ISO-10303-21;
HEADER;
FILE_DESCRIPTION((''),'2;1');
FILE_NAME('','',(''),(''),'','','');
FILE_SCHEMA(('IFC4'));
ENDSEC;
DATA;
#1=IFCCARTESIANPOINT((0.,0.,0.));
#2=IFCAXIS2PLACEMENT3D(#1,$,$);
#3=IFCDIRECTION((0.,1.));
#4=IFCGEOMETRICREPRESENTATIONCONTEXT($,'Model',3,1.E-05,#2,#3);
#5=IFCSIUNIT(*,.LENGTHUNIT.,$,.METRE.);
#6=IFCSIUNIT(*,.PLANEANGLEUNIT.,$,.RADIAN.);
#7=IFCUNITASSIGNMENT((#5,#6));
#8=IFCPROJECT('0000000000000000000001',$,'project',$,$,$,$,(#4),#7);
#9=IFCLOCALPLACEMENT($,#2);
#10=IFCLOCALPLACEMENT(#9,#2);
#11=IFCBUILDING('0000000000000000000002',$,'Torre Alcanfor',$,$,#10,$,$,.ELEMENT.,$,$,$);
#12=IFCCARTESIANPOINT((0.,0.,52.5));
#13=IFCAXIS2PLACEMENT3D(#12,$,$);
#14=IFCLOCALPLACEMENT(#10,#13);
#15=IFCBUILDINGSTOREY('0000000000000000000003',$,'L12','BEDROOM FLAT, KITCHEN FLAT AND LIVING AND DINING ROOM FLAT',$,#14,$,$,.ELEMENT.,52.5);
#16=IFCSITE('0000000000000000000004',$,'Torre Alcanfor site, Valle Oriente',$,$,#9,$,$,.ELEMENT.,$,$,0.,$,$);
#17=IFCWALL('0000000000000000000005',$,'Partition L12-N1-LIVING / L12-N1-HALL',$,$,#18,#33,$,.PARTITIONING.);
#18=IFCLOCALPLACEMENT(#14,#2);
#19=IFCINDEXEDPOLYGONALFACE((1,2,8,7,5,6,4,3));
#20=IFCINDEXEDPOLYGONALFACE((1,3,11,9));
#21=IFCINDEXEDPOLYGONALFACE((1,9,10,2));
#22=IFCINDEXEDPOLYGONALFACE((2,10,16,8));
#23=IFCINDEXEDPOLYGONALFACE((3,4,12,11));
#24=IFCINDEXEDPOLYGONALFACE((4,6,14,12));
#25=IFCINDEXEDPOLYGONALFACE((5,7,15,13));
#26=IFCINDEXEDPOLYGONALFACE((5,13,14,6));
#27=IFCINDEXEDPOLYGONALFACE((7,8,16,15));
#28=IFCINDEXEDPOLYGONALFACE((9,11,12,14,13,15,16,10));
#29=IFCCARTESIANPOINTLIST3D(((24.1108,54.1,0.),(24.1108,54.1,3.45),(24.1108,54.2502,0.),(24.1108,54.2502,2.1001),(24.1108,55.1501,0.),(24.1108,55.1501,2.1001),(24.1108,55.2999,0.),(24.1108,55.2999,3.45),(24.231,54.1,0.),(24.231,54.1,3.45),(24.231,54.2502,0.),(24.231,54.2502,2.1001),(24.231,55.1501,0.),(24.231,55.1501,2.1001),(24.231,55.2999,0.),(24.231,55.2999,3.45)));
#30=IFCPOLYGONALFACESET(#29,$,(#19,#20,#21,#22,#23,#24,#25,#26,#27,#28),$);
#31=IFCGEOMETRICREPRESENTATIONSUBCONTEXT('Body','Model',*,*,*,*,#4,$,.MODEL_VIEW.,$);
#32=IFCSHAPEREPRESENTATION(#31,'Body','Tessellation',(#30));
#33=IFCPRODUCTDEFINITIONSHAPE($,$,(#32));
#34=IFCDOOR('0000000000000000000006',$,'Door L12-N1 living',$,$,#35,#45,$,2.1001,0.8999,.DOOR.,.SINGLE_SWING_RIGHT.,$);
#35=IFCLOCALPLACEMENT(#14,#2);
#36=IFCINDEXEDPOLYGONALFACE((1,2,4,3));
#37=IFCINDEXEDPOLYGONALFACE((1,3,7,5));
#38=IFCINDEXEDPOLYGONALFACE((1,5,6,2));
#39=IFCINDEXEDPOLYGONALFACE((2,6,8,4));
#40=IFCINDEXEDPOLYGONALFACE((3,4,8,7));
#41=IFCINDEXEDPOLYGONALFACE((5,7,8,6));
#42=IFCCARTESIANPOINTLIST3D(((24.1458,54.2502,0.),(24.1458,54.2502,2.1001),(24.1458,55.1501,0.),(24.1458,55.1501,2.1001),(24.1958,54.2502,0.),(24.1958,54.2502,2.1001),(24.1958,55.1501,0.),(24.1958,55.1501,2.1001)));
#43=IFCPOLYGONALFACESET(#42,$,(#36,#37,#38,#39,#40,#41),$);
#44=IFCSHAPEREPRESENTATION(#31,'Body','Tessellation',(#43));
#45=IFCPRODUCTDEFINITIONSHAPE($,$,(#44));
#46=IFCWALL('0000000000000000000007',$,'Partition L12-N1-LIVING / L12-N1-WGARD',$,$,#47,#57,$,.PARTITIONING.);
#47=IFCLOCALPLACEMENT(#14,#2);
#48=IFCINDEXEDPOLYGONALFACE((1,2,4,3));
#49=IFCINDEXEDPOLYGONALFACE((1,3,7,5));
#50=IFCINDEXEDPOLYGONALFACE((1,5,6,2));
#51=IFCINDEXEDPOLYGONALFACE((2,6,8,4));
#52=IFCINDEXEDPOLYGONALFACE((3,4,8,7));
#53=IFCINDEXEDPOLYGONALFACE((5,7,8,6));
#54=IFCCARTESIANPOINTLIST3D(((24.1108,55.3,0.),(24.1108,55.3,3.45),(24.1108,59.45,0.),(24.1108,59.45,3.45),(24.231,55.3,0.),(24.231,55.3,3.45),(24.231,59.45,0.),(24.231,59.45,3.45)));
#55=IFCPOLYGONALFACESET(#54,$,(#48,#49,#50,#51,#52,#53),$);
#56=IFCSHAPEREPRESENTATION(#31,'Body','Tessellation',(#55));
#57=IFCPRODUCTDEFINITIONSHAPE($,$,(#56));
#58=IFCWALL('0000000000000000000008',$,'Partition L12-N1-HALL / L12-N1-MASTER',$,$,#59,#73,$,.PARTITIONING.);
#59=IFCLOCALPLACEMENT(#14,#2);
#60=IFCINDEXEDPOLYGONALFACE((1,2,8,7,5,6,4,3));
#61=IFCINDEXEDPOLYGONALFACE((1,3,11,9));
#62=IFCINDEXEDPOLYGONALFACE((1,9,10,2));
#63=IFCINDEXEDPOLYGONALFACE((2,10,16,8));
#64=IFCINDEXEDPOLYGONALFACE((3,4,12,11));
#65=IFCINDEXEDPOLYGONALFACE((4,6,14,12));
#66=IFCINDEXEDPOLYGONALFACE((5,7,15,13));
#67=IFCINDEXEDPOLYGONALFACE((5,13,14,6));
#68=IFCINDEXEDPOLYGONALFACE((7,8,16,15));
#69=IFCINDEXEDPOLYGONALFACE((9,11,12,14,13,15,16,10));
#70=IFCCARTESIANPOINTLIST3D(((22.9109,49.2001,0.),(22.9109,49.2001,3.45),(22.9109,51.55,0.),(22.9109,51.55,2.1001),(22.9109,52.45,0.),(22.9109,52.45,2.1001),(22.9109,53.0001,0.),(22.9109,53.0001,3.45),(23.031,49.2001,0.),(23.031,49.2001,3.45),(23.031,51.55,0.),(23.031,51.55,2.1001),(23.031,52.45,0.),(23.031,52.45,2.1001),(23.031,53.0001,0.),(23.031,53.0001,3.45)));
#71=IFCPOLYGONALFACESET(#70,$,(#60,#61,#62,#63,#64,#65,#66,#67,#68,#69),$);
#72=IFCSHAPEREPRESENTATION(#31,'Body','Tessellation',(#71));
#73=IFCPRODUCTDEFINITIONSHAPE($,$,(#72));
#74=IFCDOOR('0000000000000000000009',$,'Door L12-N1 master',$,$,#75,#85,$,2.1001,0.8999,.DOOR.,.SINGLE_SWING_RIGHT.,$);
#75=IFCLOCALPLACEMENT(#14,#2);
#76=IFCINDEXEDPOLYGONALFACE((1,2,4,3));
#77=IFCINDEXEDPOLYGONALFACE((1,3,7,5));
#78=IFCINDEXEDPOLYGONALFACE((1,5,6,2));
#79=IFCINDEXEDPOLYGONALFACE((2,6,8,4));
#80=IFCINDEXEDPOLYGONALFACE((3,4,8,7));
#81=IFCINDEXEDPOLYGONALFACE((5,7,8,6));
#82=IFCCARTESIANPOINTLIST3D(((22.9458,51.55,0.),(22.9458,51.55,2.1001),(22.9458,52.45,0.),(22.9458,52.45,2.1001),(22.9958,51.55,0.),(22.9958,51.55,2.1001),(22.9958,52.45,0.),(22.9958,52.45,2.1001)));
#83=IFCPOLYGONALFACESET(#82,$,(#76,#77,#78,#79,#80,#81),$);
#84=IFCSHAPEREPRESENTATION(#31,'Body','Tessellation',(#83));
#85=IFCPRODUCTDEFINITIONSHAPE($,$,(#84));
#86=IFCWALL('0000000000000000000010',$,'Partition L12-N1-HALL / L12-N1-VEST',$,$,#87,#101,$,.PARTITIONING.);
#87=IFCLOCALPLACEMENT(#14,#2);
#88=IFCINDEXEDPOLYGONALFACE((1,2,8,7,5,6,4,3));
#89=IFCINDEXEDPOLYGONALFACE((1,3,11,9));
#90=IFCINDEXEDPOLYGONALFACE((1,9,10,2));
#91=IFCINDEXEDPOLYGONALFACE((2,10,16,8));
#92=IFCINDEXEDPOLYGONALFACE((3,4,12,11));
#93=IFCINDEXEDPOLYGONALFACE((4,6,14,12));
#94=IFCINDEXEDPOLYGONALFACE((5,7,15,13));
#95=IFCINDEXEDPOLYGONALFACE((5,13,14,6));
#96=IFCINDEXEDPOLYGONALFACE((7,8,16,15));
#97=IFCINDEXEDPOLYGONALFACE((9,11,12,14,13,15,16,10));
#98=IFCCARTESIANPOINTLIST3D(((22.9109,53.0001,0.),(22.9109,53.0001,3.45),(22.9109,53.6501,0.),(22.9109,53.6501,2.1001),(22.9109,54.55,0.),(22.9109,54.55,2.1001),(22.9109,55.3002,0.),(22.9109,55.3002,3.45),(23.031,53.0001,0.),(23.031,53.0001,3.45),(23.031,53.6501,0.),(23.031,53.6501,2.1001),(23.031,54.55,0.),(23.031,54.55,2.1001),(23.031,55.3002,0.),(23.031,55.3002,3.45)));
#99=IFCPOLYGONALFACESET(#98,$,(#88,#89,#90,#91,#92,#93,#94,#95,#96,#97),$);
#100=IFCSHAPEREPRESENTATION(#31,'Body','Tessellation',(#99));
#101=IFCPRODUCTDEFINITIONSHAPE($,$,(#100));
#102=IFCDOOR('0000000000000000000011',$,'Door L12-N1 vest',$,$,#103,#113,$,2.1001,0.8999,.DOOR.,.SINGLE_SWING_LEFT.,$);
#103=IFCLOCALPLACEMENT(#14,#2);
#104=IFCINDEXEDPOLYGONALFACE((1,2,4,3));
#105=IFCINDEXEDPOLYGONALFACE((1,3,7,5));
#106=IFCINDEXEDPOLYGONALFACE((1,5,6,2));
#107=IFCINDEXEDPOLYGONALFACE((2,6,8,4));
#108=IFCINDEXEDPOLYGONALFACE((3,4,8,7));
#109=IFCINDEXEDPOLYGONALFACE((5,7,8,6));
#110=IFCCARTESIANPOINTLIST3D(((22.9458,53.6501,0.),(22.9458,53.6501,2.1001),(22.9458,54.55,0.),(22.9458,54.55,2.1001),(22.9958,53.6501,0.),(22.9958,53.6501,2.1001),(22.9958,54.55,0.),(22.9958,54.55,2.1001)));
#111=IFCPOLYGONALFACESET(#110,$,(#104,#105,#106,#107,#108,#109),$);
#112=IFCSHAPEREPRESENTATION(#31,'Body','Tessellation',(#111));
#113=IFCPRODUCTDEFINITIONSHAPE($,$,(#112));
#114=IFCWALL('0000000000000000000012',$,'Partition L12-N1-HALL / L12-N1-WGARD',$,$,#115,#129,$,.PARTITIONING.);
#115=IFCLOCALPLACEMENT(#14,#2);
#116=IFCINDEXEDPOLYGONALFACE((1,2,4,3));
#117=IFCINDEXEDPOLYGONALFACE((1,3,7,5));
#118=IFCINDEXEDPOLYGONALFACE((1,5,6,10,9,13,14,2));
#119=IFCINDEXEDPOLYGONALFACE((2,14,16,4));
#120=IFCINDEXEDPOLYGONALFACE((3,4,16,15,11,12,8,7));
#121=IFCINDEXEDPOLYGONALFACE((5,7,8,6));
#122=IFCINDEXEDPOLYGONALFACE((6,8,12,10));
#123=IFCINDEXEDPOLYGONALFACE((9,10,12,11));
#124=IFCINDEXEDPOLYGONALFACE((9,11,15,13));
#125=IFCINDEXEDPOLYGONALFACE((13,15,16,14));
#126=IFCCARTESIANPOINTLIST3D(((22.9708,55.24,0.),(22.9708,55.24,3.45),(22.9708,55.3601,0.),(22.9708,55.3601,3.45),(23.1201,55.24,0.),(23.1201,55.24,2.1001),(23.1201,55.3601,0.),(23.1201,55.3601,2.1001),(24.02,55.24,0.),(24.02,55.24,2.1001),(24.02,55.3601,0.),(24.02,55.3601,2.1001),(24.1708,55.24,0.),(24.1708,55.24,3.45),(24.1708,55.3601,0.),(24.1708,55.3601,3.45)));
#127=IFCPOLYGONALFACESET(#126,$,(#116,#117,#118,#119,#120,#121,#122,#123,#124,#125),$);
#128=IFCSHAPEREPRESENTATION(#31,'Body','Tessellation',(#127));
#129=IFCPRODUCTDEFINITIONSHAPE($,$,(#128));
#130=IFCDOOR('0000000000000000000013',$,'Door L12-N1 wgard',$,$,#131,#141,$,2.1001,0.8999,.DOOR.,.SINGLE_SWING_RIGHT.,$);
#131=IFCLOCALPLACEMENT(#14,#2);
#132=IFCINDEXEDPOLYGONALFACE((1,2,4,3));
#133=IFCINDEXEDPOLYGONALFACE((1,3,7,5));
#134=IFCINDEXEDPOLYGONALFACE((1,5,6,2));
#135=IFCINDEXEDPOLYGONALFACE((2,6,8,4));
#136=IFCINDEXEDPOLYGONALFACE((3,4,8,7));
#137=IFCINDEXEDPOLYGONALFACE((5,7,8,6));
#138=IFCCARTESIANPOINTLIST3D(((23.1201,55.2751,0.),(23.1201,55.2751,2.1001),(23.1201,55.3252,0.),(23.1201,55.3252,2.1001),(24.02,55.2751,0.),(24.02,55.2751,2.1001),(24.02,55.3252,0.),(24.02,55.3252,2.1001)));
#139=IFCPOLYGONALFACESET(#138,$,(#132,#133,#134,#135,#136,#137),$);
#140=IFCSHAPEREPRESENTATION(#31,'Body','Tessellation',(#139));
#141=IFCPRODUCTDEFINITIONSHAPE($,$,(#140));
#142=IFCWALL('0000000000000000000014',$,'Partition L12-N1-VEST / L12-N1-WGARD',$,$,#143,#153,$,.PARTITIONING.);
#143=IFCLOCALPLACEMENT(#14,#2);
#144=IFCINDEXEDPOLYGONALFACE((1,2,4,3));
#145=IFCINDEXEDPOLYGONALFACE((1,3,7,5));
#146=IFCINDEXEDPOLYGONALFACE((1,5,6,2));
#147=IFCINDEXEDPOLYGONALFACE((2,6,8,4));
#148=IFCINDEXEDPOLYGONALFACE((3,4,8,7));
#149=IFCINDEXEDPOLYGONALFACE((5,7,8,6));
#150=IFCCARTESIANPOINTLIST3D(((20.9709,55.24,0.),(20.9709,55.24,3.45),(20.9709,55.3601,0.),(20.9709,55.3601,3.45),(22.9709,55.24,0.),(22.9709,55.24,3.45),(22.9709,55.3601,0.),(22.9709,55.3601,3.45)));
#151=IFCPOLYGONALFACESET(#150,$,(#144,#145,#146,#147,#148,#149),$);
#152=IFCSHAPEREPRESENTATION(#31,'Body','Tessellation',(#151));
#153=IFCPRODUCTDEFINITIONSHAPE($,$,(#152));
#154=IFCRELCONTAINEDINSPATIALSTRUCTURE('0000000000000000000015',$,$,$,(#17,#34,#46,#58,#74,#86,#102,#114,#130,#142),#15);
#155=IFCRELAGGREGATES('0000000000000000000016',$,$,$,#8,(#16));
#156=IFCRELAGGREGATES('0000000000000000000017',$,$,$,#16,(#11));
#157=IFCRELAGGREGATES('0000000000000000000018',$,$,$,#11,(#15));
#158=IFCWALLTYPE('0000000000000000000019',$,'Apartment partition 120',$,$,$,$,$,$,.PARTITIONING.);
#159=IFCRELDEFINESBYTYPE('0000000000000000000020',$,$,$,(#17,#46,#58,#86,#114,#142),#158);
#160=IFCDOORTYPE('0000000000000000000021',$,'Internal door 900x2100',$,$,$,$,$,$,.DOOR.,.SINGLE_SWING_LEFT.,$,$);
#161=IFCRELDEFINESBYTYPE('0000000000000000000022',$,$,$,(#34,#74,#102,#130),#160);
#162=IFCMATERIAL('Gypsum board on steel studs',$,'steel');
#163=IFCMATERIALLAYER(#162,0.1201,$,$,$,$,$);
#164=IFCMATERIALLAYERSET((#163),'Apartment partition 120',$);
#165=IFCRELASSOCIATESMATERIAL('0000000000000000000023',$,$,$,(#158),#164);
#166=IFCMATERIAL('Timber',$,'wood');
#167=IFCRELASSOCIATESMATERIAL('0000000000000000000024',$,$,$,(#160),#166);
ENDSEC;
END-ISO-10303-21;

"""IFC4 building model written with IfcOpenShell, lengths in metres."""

from ifc_helpers import new_model, si_unit, direction, frame, frame_2d, origin, place, context, subcontext, project, spatial, rectangle, extrude, material, layer, layer_set, type_object, element, fill, save


model = new_model("IFC4")

# Units and contexts
model_context = context("Model", 3, precision=1e-05, world=origin(), true_north=direction((0.0, 1.0)))
body_context = subcontext(model_context, "Body", "Model", "MODEL_VIEW")
ifc_project = project(units=[si_unit("LENGTHUNIT", "METRE"), si_unit("PLANEANGLEUNIT", "RADIAN")], contexts=[model_context])

# Site, building, storey
site_placement = place(None, origin())
site = spatial("IfcSite", under=ifc_project, at=site_placement, Name="Torre Alcanfor site, Valle Oriente", CompositionType="ELEMENT", RefElevation=0.0)
building_placement = place(site_placement, origin())
building = spatial("IfcBuilding", under=site, at=building_placement, Name="Torre Alcanfor", CompositionType="ELEMENT")
storey_placement = place(building_placement, frame((0.0, 0.0, 52.5)))
storey = spatial("IfcBuildingStorey", under=building, at=storey_placement, Name="L12", Description="BEDROOM FLAT, KITCHEN FLAT AND LIVING AND DINING ROOM FLAT", CompositionType="ELEMENT", Elevation=52.5)

# Shared definitions
ifc_material_1 = material(Name="Gypsum board on steel studs", Category="steel")
ifc_layer_1 = layer(ifc_material_1, 0.1201)
ifc_layer_set_1 = layer_set([ifc_layer_1], Name="Apartment partition 120")
wall_type = type_object("IfcWallType", Name="Apartment partition 120", PredefinedType="PARTITIONING", material=ifc_layer_set_1)
ifc_material_2 = material(Name="Timber", Category="wood")
door_type = type_object("IfcDoorType", Name="Internal door 900x2100", OperationType="SINGLE_SWING_LEFT", PredefinedType="DOOR", material=ifc_material_2)

# Wall, opening, door
wall_1_placement = place(storey_placement, frame((24.1709, 55.3, 0.0), z_axis=(0.0, 0.0, 1.0), x_axis=(0.0, -1.0, 0.0)))
wall_1 = element("IfcWall", 1, at=wall_1_placement, inside=storey, type_object=wall_type, Name="Partition L12-N1-LIVING / L12-N1-HALL", PredefinedType="PARTITIONING", context=body_context, shape_type="SweptSolid", body=[
    extrude(rectangle(XDim=1.2, YDim=0.1201, at=frame_2d((0.6001, 0.0))), origin(), (0.0, 0.0, 1.0), 3.45),
])
opening_1_placement = place(wall_1_placement, frame((0.1499, 0.0, 0.0)))
opening_1 = element("IfcOpeningElement", 2, at=opening_1_placement, cuts=wall_1, PredefinedType="OPENING", context=body_context, shape_type="SweptSolid", body=[
    extrude(rectangle(XDim=0.8999, YDim=2.1001, at=frame_2d((0.45, 1.05))), frame((0.0, 0.0701, 0.0), z_axis=(0.0, -1.0, 0.0), x_axis=(1.0, 0.0, 0.0)), (0.0, 0.0, 1.0), 0.1401),
])
door_1_placement = place(opening_1_placement, origin())
door_1 = element("IfcDoor", 3, at=door_1_placement, inside=storey, type_object=door_type, Name="Door L12-N1 living", OperationType="SINGLE_SWING_RIGHT", OverallHeight=2.1001, OverallWidth=0.8999, PredefinedType="DOOR", context=body_context, shape_type="SweptSolid", body=[
    extrude(rectangle(XDim=0.8999, YDim=2.1001, at=frame_2d((0.45, 1.05))), frame((0.0, 0.0249, 0.0), z_axis=(0.0, -1.0, 0.0), x_axis=(1.0, 0.0, 0.0)), (0.0, 0.0, 1.0), 0.05),
])
fill(opening_1, door_1)

# Wall
wall_2_placement = place(storey_placement, frame((24.1709, 59.45, 0.0), z_axis=(0.0, 0.0, 1.0), x_axis=(0.0, -1.0, 0.0)))
element("IfcWall", 4, at=wall_2_placement, inside=storey, type_object=wall_type, Name="Partition L12-N1-LIVING / L12-N1-WGARD", PredefinedType="PARTITIONING", context=body_context, shape_type="SweptSolid", body=[
    extrude(rectangle(XDim=4.1499, YDim=0.1201, at=frame_2d((2.075, 0.0))), origin(), (0.0, 0.0, 1.0), 3.45),
])

# Walls, openings, doors
wall_3_placement = place(storey_placement, frame((22.9709, 53.0, 0.0), z_axis=(0.0, 0.0, 1.0), x_axis=(0.0, -1.0, 0.0)))
wall_3 = element("IfcWall", 5, at=wall_3_placement, inside=storey, type_object=wall_type, Name="Partition L12-N1-HALL / L12-N1-MASTER", PredefinedType="PARTITIONING", context=body_context, shape_type="SweptSolid", body=[
    extrude(rectangle(XDim=3.8, YDim=0.1201, at=frame_2d((1.8999, 0.0))), origin(), (0.0, 0.0, 1.0), 3.45),
])
opening_2_placement = place(wall_3_placement, frame((0.55, 0.0, 0.0)))
opening_2 = element("IfcOpeningElement", 6, at=opening_2_placement, cuts=wall_3, PredefinedType="OPENING", context=body_context, shape_type="SweptSolid", body=[
    extrude(rectangle(XDim=0.8999, YDim=2.1001, at=frame_2d((0.45, 1.05))), frame((0.0, 0.0701, 0.0), z_axis=(0.0, -1.0, 0.0), x_axis=(1.0, 0.0, 0.0)), (0.0, 0.0, 1.0), 0.1401),
])
door_2_placement = place(opening_2_placement, frame((0.8999, 0.0, 0.0), z_axis=(0.0, 0.0, 1.0), x_axis=(-1.0, 0.0, 0.0)))
door_2 = element("IfcDoor", 7, at=door_2_placement, inside=storey, type_object=door_type, Name="Door L12-N1 master", OperationType="SINGLE_SWING_RIGHT", OverallHeight=2.1001, OverallWidth=0.8999, PredefinedType="DOOR", context=body_context, shape_type="SweptSolid", body=[
    extrude(rectangle(XDim=0.8999, YDim=2.1001, at=frame_2d((0.45, 1.05))), frame((0.0, 0.0251, 0.0), z_axis=(0.0, -1.0, 0.0), x_axis=(1.0, 0.0, 0.0)), (0.0, 0.0, 1.0), 0.05),
])
fill(opening_2, door_2)
wall_4_placement = place(storey_placement, frame((22.9709, 55.3, 0.0), z_axis=(0.0, 0.0, 1.0), x_axis=(0.0, -1.0, 0.0)))
wall_4 = element("IfcWall", 8, at=wall_4_placement, inside=storey, type_object=wall_type, Name="Partition L12-N1-HALL / L12-N1-VEST", PredefinedType="PARTITIONING", context=body_context, shape_type="SweptSolid", body=[
    extrude(rectangle(XDim=2.3, YDim=0.1201, at=frame_2d((1.1499, 0.0))), origin(), (0.0, 0.0, 1.0), 3.45),
])
opening_3_placement = place(wall_4_placement, frame((0.75, 0.0, 0.0)))
opening_3 = element("IfcOpeningElement", 9, at=opening_3_placement, cuts=wall_4, PredefinedType="OPENING", context=body_context, shape_type="SweptSolid", body=[
    extrude(rectangle(XDim=0.8999, YDim=2.1001, at=frame_2d((0.45, 1.05))), frame((0.0, 0.0701, 0.0), z_axis=(0.0, -1.0, 0.0), x_axis=(1.0, 0.0, 0.0)), (0.0, 0.0, 1.0), 0.1401),
])
door_3_placement = place(opening_3_placement, frame((0.8999, 0.0, 0.0), z_axis=(0.0, 0.0, 1.0), x_axis=(-1.0, 0.0, 0.0)))
door_3 = element("IfcDoor", 10, at=door_3_placement, inside=storey, type_object=door_type, Name="Door L12-N1 vest", OperationType="SINGLE_SWING_LEFT", OverallHeight=2.1001, OverallWidth=0.8999, PredefinedType="DOOR", context=body_context, shape_type="SweptSolid", body=[
    extrude(rectangle(XDim=0.8999, YDim=2.1001, at=frame_2d((0.45, 1.05))), frame((0.0, 0.0251, 0.0), z_axis=(0.0, -1.0, 0.0), x_axis=(1.0, 0.0, 0.0)), (0.0, 0.0, 1.0), 0.05),
])
fill(opening_3, door_3)
wall_5_placement = place(storey_placement, frame((24.1709, 55.3, 0.0), z_axis=(0.0, 0.0, 1.0), x_axis=(-1.0, 0.0, 0.0)))
wall_5 = element("IfcWall", 11, at=wall_5_placement, inside=storey, type_object=wall_type, Name="Partition L12-N1-HALL / L12-N1-WGARD", PredefinedType="PARTITIONING", context=body_context, shape_type="SweptSolid", body=[
    extrude(rectangle(XDim=1.2, YDim=0.1201, at=frame_2d((0.6001, 0.0))), origin(), (0.0, 0.0, 1.0), 3.45),
])
opening_4_placement = place(wall_5_placement, frame((0.1509, 0.0, 0.0)))
opening_4 = element("IfcOpeningElement", 12, at=opening_4_placement, cuts=wall_5, PredefinedType="OPENING", context=body_context, shape_type="SweptSolid", body=[
    extrude(rectangle(XDim=0.8999, YDim=2.1001, at=frame_2d((0.45, 1.05))), frame((0.0, 0.0701, 0.0), z_axis=(0.0, -1.0, 0.0), x_axis=(1.0, 0.0, 0.0)), (0.0, 0.0, 1.0), 0.1401),
])
door_4_placement = place(opening_4_placement, frame((0.8999, 0.0, 0.0), z_axis=(0.0, 0.0, 1.0), x_axis=(-1.0, 0.0, 0.0)))
door_4 = element("IfcDoor", 13, at=door_4_placement, inside=storey, type_object=door_type, Name="Door L12-N1 wgard", OperationType="SINGLE_SWING_RIGHT", OverallHeight=2.1001, OverallWidth=0.8999, PredefinedType="DOOR", context=body_context, shape_type="SweptSolid", body=[
    extrude(rectangle(XDim=0.8999, YDim=2.1001, at=frame_2d((0.45, 1.05))), frame((0.0, 0.0251, 0.0), z_axis=(0.0, -1.0, 0.0), x_axis=(1.0, 0.0, 0.0)), (0.0, 0.0, 1.0), 0.05),
])
fill(opening_4, door_4)

# Wall
wall_6_placement = place(storey_placement, frame((22.9709, 55.3, 0.0), z_axis=(0.0, 0.0, 1.0), x_axis=(-1.0, 0.0, 0.0)))
element("IfcWall", 14, at=wall_6_placement, inside=storey, type_object=wall_type, Name="Partition L12-N1-VEST / L12-N1-WGARD", PredefinedType="PARTITIONING", context=body_context, shape_type="SweptSolid", body=[
    extrude(rectangle(XDim=2.0, YDim=0.1201, at=frame_2d((1.0, 0.0))), origin(), (0.0, 0.0, 1.0), 3.45),
])

save(model, "model.ifc")
